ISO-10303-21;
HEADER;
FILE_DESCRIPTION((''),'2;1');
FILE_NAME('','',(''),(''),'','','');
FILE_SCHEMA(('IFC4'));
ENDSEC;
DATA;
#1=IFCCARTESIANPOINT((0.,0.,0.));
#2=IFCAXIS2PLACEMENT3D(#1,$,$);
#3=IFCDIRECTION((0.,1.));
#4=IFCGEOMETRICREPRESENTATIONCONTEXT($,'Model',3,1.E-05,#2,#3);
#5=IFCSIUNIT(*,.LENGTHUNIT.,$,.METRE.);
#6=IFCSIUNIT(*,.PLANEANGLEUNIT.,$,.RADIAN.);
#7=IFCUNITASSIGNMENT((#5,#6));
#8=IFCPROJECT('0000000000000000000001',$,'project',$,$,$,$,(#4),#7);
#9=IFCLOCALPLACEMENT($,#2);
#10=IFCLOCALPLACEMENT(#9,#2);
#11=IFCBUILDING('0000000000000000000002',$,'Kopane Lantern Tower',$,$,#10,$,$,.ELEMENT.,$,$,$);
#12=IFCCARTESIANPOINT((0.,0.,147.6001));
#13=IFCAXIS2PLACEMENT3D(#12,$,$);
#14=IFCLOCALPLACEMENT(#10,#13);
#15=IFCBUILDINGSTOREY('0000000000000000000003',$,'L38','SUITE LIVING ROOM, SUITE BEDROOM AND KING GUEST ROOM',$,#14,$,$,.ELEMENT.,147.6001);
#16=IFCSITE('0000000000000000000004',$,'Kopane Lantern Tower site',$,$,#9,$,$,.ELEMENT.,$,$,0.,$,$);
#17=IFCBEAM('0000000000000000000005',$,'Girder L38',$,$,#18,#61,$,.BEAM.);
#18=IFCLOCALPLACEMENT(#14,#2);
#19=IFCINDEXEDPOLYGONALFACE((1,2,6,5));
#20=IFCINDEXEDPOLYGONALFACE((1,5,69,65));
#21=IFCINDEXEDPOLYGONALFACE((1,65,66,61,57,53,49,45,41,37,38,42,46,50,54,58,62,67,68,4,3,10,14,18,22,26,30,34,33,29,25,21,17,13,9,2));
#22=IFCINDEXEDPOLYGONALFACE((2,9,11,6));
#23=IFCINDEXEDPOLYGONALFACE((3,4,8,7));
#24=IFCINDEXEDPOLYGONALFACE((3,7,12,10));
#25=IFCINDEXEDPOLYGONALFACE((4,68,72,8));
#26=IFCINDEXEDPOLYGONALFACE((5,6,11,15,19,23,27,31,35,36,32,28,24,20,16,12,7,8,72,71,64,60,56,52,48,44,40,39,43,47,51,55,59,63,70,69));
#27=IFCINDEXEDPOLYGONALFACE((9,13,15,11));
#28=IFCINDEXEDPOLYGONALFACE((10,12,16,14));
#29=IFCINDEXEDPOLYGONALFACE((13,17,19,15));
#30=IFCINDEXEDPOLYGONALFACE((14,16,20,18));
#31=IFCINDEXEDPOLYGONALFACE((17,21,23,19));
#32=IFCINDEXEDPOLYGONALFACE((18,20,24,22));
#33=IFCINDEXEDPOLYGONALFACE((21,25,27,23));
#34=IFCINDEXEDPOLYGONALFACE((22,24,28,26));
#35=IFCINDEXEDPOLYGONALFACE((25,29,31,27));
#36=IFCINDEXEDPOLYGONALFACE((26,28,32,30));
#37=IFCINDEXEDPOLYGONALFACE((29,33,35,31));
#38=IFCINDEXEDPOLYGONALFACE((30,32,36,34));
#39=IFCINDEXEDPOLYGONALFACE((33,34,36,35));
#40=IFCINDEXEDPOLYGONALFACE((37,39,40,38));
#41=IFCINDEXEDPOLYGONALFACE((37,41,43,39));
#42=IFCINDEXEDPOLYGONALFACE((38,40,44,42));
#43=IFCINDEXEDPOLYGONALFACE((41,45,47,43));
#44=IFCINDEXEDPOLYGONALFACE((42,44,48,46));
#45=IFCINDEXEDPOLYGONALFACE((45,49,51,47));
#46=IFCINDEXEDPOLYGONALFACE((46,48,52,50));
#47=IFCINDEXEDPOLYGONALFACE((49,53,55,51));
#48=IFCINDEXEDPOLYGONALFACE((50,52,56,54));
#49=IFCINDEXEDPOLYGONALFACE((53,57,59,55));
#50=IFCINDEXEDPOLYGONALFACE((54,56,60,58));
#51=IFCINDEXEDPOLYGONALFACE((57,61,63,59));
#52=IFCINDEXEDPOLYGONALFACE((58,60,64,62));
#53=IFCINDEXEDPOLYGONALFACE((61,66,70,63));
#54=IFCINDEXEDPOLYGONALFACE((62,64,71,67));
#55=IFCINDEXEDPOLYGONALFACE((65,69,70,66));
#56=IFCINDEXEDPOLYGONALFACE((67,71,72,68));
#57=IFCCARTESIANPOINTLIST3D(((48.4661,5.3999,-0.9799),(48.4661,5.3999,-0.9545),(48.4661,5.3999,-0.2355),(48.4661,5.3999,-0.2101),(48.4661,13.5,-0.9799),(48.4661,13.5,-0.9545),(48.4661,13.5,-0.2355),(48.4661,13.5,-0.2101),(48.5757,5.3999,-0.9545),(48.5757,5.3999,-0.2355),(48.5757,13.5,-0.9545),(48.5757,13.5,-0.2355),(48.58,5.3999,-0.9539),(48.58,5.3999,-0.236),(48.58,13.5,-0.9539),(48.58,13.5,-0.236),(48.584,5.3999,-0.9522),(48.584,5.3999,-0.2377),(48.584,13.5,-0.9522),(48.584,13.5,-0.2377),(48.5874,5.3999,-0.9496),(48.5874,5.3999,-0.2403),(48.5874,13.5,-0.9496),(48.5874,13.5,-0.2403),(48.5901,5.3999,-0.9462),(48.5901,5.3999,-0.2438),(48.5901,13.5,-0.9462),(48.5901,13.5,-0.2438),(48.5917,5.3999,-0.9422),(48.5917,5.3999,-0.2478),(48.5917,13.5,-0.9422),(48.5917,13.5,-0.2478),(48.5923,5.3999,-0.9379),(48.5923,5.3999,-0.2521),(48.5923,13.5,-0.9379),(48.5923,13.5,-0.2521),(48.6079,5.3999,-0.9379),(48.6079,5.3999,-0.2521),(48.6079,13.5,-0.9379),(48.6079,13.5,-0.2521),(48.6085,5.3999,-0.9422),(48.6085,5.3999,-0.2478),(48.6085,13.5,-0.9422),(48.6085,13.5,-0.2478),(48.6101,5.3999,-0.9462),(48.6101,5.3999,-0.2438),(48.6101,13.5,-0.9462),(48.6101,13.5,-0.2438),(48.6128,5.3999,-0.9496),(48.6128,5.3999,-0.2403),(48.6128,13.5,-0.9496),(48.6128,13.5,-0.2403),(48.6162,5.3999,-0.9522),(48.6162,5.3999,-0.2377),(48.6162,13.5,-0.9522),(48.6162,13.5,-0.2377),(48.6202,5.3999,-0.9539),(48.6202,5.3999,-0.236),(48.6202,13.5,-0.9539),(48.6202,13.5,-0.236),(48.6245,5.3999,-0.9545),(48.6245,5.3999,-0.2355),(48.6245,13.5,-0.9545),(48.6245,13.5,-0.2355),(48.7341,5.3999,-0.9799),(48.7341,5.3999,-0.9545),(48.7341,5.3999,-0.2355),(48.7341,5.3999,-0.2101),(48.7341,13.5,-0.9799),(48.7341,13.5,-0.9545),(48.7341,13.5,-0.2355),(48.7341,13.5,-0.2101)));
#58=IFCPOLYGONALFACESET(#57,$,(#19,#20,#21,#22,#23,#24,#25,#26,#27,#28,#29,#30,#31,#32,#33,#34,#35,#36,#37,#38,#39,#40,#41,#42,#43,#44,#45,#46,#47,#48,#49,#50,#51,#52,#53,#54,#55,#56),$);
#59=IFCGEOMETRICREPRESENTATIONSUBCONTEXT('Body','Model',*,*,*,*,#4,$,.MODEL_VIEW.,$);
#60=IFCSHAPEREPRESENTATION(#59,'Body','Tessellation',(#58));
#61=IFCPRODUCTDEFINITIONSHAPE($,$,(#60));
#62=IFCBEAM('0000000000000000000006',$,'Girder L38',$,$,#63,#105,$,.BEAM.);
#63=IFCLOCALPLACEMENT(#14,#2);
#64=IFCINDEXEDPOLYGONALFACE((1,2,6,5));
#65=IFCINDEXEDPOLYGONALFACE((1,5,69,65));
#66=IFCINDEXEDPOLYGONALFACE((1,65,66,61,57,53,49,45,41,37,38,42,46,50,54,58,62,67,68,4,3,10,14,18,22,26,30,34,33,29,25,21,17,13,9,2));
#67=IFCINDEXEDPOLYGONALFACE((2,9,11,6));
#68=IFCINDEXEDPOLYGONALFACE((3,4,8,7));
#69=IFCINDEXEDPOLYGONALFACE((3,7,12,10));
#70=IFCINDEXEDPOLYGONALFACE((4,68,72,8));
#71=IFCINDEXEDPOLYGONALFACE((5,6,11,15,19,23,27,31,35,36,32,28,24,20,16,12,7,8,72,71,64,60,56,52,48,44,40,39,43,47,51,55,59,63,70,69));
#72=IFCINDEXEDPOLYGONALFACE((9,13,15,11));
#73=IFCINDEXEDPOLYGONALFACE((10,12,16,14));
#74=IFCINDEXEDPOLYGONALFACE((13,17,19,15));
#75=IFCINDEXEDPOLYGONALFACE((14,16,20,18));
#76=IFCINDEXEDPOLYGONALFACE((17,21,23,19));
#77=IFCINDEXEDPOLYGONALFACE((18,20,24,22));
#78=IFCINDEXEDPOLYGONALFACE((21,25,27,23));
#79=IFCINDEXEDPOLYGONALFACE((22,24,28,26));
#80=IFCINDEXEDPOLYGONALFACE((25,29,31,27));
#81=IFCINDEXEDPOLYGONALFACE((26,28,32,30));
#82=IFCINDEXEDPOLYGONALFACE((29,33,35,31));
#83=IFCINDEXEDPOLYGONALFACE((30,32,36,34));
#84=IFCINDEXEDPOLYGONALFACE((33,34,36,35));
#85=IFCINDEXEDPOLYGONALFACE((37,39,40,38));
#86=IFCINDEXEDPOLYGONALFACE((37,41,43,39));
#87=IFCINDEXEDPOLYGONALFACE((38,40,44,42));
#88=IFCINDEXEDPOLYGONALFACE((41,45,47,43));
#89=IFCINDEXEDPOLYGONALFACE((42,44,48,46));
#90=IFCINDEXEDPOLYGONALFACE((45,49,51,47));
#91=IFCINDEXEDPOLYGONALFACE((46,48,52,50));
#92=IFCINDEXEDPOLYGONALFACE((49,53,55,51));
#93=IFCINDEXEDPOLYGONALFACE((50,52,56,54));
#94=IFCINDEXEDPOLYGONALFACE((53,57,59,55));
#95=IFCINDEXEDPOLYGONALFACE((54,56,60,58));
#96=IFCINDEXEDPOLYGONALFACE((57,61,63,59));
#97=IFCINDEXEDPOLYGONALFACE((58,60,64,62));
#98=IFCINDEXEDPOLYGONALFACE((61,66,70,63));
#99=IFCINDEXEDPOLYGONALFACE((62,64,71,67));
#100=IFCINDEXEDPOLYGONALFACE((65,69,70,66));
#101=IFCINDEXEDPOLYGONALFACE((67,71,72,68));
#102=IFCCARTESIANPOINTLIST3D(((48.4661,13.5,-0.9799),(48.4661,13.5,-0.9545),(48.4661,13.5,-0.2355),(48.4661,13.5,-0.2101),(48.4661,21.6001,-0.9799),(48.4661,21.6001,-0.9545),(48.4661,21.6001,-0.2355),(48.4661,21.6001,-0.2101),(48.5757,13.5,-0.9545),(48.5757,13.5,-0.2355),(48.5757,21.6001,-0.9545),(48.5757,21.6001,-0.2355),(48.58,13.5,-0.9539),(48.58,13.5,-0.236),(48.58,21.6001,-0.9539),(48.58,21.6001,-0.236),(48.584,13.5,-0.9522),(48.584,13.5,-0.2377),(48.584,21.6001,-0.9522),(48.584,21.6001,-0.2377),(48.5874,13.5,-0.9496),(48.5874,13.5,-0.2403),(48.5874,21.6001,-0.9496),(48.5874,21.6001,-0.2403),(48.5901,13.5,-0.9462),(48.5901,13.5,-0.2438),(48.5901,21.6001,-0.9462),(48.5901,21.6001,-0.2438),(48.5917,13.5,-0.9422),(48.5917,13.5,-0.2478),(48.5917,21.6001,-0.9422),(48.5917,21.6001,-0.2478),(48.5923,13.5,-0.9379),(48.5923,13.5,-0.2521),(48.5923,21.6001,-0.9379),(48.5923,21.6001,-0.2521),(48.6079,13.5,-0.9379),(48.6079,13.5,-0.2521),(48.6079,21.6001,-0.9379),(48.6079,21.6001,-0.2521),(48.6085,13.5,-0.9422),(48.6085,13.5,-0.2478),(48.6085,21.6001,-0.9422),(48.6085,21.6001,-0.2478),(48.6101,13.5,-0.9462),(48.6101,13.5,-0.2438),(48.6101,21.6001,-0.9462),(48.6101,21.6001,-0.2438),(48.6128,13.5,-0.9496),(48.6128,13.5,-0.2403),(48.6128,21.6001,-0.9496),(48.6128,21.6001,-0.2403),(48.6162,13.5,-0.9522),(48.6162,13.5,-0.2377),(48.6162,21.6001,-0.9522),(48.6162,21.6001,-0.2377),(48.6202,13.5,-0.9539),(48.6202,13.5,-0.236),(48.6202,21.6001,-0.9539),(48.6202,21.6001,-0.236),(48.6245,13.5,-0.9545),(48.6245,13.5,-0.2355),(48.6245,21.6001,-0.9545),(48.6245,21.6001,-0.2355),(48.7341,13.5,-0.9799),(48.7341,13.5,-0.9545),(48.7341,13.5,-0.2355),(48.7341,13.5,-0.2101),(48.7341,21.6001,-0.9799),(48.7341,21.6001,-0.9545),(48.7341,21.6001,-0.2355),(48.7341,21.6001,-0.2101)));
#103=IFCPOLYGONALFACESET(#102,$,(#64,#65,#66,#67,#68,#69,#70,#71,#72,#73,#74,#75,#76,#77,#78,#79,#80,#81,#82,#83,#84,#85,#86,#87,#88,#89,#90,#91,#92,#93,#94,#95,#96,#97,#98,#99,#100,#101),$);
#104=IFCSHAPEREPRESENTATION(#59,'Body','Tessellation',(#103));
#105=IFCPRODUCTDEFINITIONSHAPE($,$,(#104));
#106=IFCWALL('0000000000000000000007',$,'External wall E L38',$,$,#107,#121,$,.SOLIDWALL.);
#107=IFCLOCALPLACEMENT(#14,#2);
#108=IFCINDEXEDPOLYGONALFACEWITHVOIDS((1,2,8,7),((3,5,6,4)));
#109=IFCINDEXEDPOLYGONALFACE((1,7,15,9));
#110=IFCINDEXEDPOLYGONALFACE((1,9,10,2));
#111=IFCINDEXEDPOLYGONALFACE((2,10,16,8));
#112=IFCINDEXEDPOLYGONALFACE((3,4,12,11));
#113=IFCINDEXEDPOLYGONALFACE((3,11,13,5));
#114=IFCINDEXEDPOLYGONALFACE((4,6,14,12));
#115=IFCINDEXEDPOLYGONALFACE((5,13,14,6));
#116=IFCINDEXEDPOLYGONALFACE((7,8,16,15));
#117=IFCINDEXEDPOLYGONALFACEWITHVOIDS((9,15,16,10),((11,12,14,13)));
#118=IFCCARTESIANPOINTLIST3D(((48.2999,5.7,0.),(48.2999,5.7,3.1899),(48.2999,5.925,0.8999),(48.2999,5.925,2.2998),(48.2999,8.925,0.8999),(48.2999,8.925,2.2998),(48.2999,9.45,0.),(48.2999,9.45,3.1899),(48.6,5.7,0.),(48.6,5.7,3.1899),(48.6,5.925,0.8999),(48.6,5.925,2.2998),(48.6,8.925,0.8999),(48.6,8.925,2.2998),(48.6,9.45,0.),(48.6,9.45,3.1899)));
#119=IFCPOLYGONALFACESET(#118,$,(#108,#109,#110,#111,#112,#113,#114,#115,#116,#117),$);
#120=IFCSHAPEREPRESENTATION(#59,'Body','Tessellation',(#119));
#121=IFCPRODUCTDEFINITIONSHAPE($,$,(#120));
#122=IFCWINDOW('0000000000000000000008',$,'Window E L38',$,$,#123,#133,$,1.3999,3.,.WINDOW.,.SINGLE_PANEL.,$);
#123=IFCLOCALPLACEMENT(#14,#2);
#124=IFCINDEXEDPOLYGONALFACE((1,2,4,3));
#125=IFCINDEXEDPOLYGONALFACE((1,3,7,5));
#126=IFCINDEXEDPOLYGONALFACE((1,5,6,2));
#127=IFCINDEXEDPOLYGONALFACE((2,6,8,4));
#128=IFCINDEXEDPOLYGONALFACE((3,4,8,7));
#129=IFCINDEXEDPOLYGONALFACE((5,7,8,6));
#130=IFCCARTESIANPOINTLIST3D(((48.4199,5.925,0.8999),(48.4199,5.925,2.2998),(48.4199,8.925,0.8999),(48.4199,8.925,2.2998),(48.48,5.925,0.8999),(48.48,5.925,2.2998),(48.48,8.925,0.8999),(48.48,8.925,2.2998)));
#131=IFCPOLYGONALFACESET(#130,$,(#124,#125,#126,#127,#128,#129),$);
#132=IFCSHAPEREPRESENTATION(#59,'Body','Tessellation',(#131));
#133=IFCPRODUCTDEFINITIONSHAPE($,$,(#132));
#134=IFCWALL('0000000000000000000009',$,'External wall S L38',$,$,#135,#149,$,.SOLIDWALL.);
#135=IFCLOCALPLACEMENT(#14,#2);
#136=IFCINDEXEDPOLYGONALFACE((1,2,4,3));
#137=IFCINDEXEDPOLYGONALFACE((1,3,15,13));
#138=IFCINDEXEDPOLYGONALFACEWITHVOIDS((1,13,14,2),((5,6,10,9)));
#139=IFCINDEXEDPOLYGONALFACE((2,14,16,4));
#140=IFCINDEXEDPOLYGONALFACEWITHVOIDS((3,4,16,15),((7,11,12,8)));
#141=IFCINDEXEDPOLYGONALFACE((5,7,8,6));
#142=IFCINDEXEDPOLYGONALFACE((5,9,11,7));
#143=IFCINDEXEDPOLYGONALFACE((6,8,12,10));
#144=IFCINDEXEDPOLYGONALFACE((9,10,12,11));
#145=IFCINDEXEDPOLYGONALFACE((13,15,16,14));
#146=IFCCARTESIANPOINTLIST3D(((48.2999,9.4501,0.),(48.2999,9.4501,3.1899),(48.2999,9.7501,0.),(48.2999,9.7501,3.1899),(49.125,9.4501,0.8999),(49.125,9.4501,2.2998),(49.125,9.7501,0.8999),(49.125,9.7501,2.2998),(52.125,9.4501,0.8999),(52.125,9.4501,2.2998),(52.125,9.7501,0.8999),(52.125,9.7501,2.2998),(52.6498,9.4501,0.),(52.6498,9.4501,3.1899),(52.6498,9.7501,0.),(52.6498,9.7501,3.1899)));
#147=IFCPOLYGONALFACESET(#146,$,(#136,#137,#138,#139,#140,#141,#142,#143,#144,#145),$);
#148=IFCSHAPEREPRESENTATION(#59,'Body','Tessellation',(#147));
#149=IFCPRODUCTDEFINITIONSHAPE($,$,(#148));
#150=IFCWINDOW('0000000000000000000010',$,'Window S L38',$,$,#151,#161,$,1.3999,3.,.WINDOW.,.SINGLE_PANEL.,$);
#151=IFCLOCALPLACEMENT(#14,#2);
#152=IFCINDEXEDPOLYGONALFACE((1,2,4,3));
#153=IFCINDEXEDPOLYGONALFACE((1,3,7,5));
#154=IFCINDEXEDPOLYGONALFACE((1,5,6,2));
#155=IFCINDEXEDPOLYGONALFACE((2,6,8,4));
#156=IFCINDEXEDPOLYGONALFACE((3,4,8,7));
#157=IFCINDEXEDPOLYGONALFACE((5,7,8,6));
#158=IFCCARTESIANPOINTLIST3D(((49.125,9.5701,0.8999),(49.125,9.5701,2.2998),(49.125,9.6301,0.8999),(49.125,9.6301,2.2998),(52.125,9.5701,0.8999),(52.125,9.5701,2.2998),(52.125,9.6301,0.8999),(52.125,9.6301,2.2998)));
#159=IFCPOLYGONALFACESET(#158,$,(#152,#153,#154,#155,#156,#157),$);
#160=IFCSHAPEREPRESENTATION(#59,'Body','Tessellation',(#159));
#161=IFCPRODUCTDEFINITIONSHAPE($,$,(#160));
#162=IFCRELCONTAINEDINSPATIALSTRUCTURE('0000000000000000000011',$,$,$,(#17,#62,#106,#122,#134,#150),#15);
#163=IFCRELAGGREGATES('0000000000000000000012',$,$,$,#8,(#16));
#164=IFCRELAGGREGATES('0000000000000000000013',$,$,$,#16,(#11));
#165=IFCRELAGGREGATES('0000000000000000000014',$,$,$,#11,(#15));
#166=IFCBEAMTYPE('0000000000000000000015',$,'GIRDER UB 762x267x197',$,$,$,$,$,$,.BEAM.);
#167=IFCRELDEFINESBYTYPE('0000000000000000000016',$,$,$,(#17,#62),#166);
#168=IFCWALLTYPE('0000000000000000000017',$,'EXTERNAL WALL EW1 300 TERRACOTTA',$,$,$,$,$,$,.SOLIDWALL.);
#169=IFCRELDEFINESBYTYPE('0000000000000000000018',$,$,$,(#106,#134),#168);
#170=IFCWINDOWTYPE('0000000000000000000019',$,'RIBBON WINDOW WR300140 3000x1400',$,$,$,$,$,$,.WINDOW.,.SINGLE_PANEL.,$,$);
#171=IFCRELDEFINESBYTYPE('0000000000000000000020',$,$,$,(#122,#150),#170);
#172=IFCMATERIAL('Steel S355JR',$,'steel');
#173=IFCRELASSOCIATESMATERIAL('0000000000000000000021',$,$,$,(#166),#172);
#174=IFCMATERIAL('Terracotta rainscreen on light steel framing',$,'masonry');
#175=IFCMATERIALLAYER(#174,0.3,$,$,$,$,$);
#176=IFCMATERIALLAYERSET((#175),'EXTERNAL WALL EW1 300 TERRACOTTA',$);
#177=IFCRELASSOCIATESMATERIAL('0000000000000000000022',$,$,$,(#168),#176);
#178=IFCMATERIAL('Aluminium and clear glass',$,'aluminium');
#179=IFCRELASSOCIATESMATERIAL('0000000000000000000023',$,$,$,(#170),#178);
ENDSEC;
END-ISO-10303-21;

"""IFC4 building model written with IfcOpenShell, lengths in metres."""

from ifc_helpers import new_model, si_unit, direction, frame, frame_2d, origin, origin_2d, place, context, subcontext, project, spatial, rectangle, i_section, extrude, material, layer, layer_set, material_profile, profile_set, type_object, element, fill, save


model = new_model("IFC4")

# Units and contexts
model_context = context("Model", 3, precision=1e-05, world=origin(), true_north=direction((0.0, 1.0)))
body_context = subcontext(model_context, "Body", "Model", "MODEL_VIEW")
ifc_project = project(units=[si_unit("LENGTHUNIT", "METRE"), si_unit("PLANEANGLEUNIT", "RADIAN")], contexts=[model_context])

# Site, building, storey
site_placement = place(None, origin())
site = spatial("IfcSite", under=ifc_project, at=site_placement, Name="Kopane Lantern Tower site", CompositionType="ELEMENT", RefElevation=0.0)
building_placement = place(site_placement, origin())
building = spatial("IfcBuilding", under=site, at=building_placement, Name="Kopane Lantern Tower", CompositionType="ELEMENT")
storey_placement = place(building_placement, frame((0.0, 0.0, 147.6001)))
storey = spatial("IfcBuildingStorey", under=building, at=storey_placement, Name="L38", Description="SUITE LIVING ROOM, SUITE BEDROOM AND KING GUEST ROOM", CompositionType="ELEMENT", Elevation=147.6001)

# Beams
ifc_material_1 = material(Name="Steel S355JR", Category="steel")
ifc_material_profile_1 = material_profile(ifc_material_1, i_section(OverallWidth=0.2681, OverallDepth=0.7698, WebThickness=0.0156, FlangeThickness=0.0254, FilletRadius=0.0166, at=origin_2d()), Name="UB 762x267x197")
ifc_profile_set_1 = profile_set([ifc_material_profile_1], Name="Steel S355JR")
beam_type_1 = type_object("IfcBeamType", Name="GIRDER UB 762x267x197", PredefinedType="BEAM", material=ifc_profile_set_1)
for number, where, z_axis, x_axis, name in (
    (1, (48.6001, 5.3999, -0.595), (0.0, 1.0, 0.0), (-1.0, 0.0, 0.0), "Girder L38"),
    (2, (48.6001, 13.5, -0.595), (0.0, 1.0, 0.0), (-1.0, 0.0, 0.0), "Girder L38"),
):
    element("IfcBeam", number, at=place(storey_placement, frame(where, z_axis=z_axis, x_axis=x_axis)), inside=storey, type_object=beam_type_1, Name=name, PredefinedType="BEAM", context=body_context, shape_type="SweptSolid", body=[
        extrude(i_section(OverallWidth=0.2681, OverallDepth=0.7698, WebThickness=0.0156, FlangeThickness=0.0254, FilletRadius=0.0166, at=origin_2d()), origin(), (0.0, 0.0, 1.0), 8.1001),
    ])

# Walls, openings, windows
ifc_material_2 = material(Name="Terracotta rainscreen on light steel framing", Category="masonry")
ifc_layer = layer(ifc_material_2, 0.3)
ifc_layer_set = layer_set([ifc_layer], Name="EXTERNAL WALL EW1 300 TERRACOTTA")
wall_type = type_object("IfcWallType", Name="EXTERNAL WALL EW1 300 TERRACOTTA", PredefinedType="SOLIDWALL", material=ifc_layer_set)
wall_1_placement = place(storey_placement, frame((48.45, 5.7, 0.0), z_axis=(0.0, 0.0, 1.0), x_axis=(0.0, 1.0, 0.0)))
wall_1 = element("IfcWall", 3, at=wall_1_placement, inside=storey, type_object=wall_type, Name="External wall E L38", PredefinedType="SOLIDWALL", context=body_context, shape_type="SweptSolid", body=[
    extrude(rectangle(XDim=3.75, YDim=0.3, at=frame_2d((1.875, 0.0))), origin(), (0.0, 0.0, 1.0), 3.1899),
])
opening_1_placement = place(wall_1_placement, frame((0.2251, 0.0, 0.8999)))
opening_1 = element("IfcOpeningElement", 4, at=opening_1_placement, cuts=wall_1, PredefinedType="OPENING", context=body_context, shape_type="SweptSolid", body=[
    extrude(rectangle(XDim=3.0, YDim=1.3999, at=frame_2d((1.5, 0.7))), frame((0.0, 0.1599, 0.0), z_axis=(0.0, -1.0, 0.0), x_axis=(1.0, 0.0, 0.0)), (0.0, 0.0, 1.0), 0.3201),
])
ifc_material_3 = material(Name="Aluminium and clear glass", Category="aluminium")
window_type = type_object("IfcWindowType", Name="RIBBON WINDOW WR300140 3000x1400", PartitioningType="SINGLE_PANEL", PredefinedType="WINDOW", material=ifc_material_3)
window_1_placement = place(opening_1_placement, origin())
window_1 = element("IfcWindow", 5, at=window_1_placement, inside=storey, type_object=window_type, Name="Window E L38", OverallHeight=1.3999, OverallWidth=3.0, PartitioningType="SINGLE_PANEL", PredefinedType="WINDOW", context=body_context, shape_type="SweptSolid", body=[
    extrude(rectangle(XDim=3.0, YDim=1.3999, at=frame_2d((1.5, 0.7))), frame((0.0, 0.03, 0.0), z_axis=(0.0, -1.0, 0.0), x_axis=(1.0, 0.0, 0.0)), (0.0, 0.0, 1.0), 0.0601),
])
fill(opening_1, window_1)
wall_2_placement = place(storey_placement, frame((48.3, 9.6001, 0.0), z_axis=(0.0, 0.0, 1.0), x_axis=(1.0, 0.0, 0.0)))
wall_2 = element("IfcWall", 6, at=wall_2_placement, inside=storey, type_object=wall_type, Name="External wall S L38", PredefinedType="SOLIDWALL", context=body_context, shape_type="SweptSolid", body=[
    extrude(rectangle(XDim=4.3499, YDim=0.3, at=frame_2d((2.1748, 0.0))), origin(), (0.0, 0.0, 1.0), 3.1899),
])
opening_2_placement = place(wall_2_placement, frame((0.825, 0.0, 0.8999)))
opening_2 = element("IfcOpeningElement", 7, at=opening_2_placement, cuts=wall_2, PredefinedType="OPENING", context=body_context, shape_type="SweptSolid", body=[
    extrude(rectangle(XDim=3.0, YDim=1.3999, at=frame_2d((1.5, 0.7))), frame((0.0, 0.1599, 0.0), z_axis=(0.0, -1.0, 0.0), x_axis=(1.0, 0.0, 0.0)), (0.0, 0.0, 1.0), 0.3201),
])
window_2_placement = place(opening_2_placement, origin())
window_2 = element("IfcWindow", 8, at=window_2_placement, inside=storey, type_object=window_type, Name="Window S L38", OverallHeight=1.3999, OverallWidth=3.0, PartitioningType="SINGLE_PANEL", PredefinedType="WINDOW", context=body_context, shape_type="SweptSolid", body=[
    extrude(rectangle(XDim=3.0, YDim=1.3999, at=frame_2d((1.5, 0.7))), frame((0.0, 0.03, 0.0), z_axis=(0.0, -1.0, 0.0), x_axis=(1.0, 0.0, 0.0)), (0.0, 0.0, 1.0), 0.0601),
])
fill(opening_2, window_2)

save(model, "model.ifc")
